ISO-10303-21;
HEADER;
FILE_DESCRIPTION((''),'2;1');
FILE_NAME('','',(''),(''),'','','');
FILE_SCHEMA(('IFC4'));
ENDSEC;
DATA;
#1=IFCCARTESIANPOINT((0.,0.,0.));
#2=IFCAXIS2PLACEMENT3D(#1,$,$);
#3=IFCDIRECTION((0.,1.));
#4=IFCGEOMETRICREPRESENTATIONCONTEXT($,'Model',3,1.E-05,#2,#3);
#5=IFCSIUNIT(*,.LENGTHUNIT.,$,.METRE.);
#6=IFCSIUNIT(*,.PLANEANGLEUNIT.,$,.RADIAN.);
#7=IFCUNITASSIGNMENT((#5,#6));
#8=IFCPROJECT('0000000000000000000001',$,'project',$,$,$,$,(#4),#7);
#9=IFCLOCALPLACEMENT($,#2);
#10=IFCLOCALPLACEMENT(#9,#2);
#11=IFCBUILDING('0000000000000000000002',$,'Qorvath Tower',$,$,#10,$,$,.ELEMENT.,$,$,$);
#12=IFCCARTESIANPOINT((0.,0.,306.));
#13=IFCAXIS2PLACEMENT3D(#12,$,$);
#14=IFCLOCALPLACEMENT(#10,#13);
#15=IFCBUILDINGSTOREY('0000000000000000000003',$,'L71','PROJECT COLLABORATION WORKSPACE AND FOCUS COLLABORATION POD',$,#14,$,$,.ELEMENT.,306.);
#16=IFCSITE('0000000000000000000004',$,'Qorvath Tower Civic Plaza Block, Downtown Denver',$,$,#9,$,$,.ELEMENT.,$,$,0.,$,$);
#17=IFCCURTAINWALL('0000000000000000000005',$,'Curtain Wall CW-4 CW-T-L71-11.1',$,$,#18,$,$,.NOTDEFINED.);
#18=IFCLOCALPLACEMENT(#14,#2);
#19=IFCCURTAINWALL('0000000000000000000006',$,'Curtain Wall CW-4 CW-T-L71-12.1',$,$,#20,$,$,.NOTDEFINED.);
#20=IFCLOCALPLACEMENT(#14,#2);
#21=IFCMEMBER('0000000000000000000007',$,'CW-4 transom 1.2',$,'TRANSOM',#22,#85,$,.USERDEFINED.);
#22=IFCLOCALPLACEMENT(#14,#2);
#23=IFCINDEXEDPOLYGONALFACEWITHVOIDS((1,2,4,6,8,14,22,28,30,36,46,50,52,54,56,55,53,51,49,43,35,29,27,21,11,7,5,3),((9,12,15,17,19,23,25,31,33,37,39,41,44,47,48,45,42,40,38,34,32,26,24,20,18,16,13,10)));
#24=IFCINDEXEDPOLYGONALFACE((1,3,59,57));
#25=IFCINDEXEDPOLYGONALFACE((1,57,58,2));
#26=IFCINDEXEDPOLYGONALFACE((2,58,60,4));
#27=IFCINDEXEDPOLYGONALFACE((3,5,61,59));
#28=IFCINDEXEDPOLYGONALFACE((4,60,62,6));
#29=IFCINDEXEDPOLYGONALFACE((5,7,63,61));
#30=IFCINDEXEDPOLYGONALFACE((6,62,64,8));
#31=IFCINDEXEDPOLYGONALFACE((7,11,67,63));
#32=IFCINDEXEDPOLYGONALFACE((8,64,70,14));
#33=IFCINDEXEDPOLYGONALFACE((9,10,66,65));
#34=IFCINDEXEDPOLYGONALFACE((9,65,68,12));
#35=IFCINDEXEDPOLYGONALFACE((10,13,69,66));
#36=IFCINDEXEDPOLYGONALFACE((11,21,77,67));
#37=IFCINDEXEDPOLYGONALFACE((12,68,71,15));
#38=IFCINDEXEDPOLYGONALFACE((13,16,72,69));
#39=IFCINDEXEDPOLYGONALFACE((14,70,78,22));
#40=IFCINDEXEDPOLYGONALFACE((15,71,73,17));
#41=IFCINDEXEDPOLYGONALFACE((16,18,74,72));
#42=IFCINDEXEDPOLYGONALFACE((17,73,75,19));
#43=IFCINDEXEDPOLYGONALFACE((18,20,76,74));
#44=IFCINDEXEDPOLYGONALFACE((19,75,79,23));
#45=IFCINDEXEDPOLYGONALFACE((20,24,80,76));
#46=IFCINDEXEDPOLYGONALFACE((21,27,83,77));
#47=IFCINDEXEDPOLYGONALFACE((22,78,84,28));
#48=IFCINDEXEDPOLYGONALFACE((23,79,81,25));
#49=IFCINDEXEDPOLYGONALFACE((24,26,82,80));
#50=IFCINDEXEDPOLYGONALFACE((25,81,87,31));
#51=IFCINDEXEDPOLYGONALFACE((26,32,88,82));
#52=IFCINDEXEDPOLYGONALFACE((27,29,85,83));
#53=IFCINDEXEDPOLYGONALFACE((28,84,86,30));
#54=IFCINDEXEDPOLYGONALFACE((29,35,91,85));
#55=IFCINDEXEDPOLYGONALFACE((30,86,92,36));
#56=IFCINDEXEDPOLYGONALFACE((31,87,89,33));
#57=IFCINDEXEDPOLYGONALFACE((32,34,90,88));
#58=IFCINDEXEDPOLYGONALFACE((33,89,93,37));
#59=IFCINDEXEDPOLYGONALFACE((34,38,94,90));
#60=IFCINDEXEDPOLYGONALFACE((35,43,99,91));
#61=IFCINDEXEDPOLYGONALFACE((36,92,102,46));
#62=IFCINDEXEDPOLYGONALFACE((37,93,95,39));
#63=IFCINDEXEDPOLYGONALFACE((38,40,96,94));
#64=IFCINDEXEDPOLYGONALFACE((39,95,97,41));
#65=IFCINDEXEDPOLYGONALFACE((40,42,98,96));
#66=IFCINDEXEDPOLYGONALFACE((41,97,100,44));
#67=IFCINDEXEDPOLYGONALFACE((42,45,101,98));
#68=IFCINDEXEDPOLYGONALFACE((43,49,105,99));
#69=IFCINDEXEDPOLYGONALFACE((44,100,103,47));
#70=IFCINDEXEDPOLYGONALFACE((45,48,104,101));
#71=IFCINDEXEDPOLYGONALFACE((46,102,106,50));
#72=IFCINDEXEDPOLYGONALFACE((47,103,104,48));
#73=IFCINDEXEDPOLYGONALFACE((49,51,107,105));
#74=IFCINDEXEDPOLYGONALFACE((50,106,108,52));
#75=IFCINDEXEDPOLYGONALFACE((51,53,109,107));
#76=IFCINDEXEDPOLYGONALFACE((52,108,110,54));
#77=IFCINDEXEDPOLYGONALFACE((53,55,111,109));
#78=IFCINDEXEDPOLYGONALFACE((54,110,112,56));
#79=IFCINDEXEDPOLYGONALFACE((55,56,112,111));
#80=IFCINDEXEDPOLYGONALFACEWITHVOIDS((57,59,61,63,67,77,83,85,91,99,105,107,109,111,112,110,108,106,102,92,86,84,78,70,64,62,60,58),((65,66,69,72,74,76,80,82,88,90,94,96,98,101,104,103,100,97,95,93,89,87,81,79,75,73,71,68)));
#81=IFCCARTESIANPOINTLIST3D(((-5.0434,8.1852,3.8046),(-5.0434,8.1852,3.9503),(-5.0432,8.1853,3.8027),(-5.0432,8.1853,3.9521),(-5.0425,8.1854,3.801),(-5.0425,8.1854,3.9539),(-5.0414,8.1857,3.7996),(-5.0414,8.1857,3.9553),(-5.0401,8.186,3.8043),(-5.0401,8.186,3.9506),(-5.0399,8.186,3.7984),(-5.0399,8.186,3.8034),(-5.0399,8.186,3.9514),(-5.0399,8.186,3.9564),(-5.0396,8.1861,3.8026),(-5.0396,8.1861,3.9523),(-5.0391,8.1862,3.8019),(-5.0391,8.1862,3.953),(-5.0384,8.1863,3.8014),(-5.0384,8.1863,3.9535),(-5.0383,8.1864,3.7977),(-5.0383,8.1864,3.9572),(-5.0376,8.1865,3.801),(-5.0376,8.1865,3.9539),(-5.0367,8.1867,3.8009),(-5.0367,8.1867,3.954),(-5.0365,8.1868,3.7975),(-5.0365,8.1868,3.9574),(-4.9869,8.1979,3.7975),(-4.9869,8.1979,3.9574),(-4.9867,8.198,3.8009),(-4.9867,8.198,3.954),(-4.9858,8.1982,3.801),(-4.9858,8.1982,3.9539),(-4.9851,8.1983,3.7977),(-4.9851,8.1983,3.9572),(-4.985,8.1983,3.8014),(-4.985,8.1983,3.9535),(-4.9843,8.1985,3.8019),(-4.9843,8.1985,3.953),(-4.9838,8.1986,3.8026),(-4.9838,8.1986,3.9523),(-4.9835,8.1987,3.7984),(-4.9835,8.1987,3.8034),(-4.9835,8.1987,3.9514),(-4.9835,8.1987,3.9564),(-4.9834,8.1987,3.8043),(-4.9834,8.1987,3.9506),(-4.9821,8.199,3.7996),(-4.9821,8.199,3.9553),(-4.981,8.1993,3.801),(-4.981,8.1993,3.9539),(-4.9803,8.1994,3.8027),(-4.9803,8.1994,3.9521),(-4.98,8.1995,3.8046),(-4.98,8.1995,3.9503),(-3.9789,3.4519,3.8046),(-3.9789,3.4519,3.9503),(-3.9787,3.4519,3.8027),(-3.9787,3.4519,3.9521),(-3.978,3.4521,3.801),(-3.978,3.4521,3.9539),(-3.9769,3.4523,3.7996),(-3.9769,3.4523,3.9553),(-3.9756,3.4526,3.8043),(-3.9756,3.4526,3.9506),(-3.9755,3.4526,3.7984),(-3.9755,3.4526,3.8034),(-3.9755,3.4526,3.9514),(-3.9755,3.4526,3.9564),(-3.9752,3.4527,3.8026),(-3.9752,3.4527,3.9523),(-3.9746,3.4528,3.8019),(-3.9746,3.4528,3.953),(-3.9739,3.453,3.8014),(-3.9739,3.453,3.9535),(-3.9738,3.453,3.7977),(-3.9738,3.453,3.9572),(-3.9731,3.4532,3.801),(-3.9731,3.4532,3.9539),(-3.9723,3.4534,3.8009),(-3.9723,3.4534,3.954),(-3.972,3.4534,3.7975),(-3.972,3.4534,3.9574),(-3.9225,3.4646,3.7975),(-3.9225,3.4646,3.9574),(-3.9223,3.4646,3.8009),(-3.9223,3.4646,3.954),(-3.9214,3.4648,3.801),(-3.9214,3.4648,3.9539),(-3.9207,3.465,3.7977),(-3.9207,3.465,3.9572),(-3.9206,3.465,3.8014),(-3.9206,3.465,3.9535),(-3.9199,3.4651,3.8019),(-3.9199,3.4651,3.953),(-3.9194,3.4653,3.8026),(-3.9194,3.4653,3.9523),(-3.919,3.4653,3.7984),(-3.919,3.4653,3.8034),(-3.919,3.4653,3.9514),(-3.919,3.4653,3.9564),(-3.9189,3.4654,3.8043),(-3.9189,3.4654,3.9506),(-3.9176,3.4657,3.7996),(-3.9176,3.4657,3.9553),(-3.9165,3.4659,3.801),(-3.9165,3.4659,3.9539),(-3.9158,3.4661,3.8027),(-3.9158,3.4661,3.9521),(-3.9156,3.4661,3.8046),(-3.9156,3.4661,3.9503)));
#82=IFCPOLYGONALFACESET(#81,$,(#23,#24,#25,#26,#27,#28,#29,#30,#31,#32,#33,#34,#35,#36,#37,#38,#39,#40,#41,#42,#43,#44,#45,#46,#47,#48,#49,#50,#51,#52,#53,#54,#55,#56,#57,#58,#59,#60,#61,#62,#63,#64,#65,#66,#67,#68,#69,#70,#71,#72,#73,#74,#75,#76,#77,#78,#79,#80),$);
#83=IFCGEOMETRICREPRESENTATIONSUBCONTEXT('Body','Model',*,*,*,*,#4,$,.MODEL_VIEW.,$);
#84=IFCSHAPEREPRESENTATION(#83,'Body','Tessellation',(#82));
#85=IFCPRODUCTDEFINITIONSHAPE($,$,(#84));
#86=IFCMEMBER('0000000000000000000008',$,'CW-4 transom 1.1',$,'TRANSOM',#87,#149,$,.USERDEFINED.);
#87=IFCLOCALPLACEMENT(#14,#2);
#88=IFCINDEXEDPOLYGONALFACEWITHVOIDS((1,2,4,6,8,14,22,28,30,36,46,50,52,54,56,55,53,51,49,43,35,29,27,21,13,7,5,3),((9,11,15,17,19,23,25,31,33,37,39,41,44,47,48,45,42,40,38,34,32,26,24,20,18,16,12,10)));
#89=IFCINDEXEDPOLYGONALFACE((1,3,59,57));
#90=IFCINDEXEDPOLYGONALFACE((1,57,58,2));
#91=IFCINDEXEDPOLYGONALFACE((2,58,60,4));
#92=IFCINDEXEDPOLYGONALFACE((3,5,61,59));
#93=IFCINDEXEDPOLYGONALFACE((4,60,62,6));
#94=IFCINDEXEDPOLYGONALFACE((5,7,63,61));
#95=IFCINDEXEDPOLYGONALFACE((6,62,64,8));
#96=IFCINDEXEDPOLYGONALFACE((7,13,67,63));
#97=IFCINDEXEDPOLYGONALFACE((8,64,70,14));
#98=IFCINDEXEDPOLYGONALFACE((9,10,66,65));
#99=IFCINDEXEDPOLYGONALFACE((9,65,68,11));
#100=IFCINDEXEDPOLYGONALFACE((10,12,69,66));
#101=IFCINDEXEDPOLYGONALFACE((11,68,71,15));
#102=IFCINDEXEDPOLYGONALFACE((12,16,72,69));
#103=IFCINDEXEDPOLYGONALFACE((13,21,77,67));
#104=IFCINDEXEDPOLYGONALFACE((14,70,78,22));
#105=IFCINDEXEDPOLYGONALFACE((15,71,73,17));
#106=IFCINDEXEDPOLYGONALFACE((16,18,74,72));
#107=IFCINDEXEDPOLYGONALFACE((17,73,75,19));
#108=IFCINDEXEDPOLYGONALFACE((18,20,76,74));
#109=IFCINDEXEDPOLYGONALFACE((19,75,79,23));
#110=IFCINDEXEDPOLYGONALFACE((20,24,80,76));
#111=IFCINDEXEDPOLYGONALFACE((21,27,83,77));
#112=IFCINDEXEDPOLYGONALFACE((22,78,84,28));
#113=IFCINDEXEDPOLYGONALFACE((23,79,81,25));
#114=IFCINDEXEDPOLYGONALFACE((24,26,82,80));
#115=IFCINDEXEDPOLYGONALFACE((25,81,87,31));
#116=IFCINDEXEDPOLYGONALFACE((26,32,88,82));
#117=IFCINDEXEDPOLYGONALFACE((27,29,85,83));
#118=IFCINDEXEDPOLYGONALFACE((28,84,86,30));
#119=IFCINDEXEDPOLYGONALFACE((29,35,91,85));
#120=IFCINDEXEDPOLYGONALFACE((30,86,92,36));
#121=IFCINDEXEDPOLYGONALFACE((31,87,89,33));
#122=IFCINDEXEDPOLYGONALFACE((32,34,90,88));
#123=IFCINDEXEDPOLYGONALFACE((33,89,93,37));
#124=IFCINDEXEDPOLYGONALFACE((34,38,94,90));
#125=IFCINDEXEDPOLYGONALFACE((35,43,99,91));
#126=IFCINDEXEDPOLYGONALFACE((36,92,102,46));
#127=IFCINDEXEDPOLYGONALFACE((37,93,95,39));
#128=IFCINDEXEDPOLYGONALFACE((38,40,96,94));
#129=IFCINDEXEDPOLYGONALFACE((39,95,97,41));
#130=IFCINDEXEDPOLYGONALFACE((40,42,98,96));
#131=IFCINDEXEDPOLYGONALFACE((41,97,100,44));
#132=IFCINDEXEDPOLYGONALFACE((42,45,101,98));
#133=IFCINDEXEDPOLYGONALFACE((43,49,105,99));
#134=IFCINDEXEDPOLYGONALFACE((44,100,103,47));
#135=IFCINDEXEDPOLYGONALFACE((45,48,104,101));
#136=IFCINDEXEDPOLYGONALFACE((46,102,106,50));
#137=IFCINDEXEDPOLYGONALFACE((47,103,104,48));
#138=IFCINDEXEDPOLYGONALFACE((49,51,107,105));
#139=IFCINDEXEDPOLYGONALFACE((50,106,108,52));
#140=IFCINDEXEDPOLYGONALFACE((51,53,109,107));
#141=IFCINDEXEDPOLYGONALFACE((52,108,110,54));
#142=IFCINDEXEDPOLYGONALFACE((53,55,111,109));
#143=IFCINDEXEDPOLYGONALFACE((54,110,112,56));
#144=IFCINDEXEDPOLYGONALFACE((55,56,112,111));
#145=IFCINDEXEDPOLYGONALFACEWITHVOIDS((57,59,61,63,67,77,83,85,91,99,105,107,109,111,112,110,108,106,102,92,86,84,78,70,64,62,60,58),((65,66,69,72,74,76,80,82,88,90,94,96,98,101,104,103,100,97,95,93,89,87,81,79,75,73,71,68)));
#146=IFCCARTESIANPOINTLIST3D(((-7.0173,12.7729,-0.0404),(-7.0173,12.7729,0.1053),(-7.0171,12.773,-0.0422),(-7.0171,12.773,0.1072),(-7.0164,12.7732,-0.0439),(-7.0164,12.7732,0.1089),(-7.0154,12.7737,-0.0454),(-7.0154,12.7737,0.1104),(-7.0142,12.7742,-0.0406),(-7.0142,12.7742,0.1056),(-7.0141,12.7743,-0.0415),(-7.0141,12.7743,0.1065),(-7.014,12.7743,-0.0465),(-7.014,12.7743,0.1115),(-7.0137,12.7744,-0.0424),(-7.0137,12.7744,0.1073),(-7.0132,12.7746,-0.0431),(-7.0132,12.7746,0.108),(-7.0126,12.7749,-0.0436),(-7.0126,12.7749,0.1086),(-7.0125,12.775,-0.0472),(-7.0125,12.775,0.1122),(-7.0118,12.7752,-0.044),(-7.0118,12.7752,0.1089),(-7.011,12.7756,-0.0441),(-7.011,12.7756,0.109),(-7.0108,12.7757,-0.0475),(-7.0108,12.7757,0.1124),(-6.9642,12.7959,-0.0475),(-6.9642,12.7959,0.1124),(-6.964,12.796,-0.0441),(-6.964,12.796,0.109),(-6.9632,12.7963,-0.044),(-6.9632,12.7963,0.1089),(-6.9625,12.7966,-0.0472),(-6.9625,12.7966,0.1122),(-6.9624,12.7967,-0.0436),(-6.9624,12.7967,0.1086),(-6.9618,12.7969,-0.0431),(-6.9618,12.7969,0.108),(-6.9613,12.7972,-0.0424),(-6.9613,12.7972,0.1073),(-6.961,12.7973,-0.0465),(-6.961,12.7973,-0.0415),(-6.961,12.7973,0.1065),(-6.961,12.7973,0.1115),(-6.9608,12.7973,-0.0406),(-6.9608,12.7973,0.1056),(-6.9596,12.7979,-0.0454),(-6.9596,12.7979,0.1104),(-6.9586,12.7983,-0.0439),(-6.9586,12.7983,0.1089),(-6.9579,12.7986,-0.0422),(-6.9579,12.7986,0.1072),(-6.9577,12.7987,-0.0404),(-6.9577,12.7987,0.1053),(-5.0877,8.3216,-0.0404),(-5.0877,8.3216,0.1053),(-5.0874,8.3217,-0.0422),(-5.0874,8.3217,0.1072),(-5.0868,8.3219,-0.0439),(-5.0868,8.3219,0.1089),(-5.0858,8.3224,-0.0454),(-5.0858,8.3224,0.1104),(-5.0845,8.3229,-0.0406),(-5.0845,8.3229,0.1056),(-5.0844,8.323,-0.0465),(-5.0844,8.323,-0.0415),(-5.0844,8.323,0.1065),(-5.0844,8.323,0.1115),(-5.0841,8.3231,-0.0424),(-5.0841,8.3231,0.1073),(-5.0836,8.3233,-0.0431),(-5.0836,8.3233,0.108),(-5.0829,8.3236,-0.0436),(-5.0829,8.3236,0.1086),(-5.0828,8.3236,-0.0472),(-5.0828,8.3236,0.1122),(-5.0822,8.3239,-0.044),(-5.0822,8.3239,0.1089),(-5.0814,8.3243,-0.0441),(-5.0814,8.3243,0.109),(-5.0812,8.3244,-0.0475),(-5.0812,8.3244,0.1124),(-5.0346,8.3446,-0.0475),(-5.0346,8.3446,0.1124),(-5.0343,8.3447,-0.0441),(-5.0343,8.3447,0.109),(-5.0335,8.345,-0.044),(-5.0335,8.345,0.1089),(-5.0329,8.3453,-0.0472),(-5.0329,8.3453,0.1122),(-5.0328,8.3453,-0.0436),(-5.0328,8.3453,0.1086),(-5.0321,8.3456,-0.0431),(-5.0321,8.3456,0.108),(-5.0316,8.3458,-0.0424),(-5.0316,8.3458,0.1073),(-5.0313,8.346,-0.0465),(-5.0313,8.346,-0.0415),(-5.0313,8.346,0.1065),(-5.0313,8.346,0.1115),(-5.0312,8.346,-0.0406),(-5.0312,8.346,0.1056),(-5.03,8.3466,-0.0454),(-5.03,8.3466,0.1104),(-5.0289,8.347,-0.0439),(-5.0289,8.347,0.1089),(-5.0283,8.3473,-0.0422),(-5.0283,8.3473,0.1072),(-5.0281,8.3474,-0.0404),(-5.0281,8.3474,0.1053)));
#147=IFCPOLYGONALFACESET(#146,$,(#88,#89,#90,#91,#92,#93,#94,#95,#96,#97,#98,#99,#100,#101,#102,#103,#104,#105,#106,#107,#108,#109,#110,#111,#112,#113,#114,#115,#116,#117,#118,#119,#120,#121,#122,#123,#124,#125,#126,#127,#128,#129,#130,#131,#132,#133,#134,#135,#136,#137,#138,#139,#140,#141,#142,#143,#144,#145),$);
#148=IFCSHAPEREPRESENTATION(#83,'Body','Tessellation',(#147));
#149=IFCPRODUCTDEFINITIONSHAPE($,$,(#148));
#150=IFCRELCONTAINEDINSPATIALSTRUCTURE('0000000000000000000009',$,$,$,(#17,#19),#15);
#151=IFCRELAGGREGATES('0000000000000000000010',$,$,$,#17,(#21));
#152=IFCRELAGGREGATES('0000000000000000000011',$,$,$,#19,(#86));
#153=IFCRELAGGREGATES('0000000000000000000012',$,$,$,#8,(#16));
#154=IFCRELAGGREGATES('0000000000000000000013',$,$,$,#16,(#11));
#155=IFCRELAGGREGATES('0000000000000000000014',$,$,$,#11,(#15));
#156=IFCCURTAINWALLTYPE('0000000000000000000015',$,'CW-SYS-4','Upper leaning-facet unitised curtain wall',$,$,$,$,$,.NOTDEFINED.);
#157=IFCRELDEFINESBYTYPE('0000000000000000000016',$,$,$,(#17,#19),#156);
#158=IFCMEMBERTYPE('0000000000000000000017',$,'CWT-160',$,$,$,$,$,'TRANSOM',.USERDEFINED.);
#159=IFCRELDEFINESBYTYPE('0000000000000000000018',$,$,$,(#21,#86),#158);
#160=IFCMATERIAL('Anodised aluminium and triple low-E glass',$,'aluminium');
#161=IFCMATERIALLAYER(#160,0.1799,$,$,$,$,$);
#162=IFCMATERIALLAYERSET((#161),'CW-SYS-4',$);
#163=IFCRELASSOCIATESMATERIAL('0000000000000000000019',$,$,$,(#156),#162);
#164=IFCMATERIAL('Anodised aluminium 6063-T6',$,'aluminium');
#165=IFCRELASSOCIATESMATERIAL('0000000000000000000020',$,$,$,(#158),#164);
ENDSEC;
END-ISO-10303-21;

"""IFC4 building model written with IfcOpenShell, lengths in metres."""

from ifc_helpers import new_model, si_unit, direction, frame, origin, origin_2d, place, context, subcontext, project, spatial, hollow_rectangle, extrude, material, layer, layer_set, material_profile, profile_set, type_object, element, aggregate, save


model = new_model("IFC4")

# Units and contexts
model_context = context("Model", 3, precision=1e-05, world=origin(), true_north=direction((0.0, 1.0)))
body_context = subcontext(model_context, "Body", "Model", "MODEL_VIEW")
ifc_project = project(units=[si_unit("LENGTHUNIT", "METRE"), si_unit("PLANEANGLEUNIT", "RADIAN")], contexts=[model_context])

# Site, building, storey
site_placement = place(None, origin())
site = spatial("IfcSite", under=ifc_project, at=site_placement, Name="Qorvath Tower Civic Plaza Block, Downtown Denver", CompositionType="ELEMENT", RefElevation=0.0)
building_placement = place(site_placement, origin())
building = spatial("IfcBuilding", under=site, at=building_placement, Name="Qorvath Tower", CompositionType="ELEMENT")
storey_placement = place(building_placement, frame((0.0, 0.0, 306.0)))
storey = spatial("IfcBuildingStorey", under=building, at=storey_placement, Name="L71", Description="PROJECT COLLABORATION WORKSPACE AND FOCUS COLLABORATION POD", CompositionType="ELEMENT", Elevation=306.0)

# Curtain walls
ifc_material_1 = material(Name="Anodised aluminium and triple low-E glass", Category="aluminium")
ifc_layer_1 = layer(ifc_material_1, 0.1799)
ifc_layer_set_1 = layer_set([ifc_layer_1], Name="CW-SYS-4")
curtain_wall_type = type_object("IfcCurtainWallType", Name="CW-SYS-4", Description="Upper leaning-facet unitised curtain wall", PredefinedType="NOTDEFINED", material=ifc_layer_set_1)
curtain_wall_1_placement = place(storey_placement, origin())
curtain_wall_1 = element("IfcCurtainWall", 1, at=curtain_wall_1_placement, inside=storey, type_object=curtain_wall_type, Name="Curtain Wall CW-4 CW-T-L71-11.1", PredefinedType="NOTDEFINED")
curtain_wall_2_placement = place(storey_placement, origin())
curtain_wall_2 = element("IfcCurtainWall", 2, at=curtain_wall_2_placement, inside=storey, type_object=curtain_wall_type, Name="Curtain Wall CW-4 CW-T-L71-12.1", PredefinedType="NOTDEFINED")

# Members
ifc_material_2 = material(Name="Anodised aluminium 6063-T6", Category="aluminium")
ifc_material_profile_1 = material_profile(ifc_material_2, hollow_rectangle(XDim=0.0649, YDim=0.1599, WallThickness=0.0034, InnerFilletRadius=0.0034, OuterFilletRadius=0.0071, at=origin_2d()), Name="CWT 160x65")
ifc_profile_set_1 = profile_set([ifc_material_profile_1], Name="Anodised aluminium 6063-T6")
member_type_1 = type_object("IfcMemberType", Name="CWT-160", ElementType="TRANSOM", PredefinedType="USERDEFINED", material=ifc_profile_set_1)
member_1_placement = place(storey_placement, frame((-3.9473, 3.459, 3.8774), z_axis=(-0.219402, 0.975635, 0.0), x_axis=(-0.975635, -0.219402, 0.0)))
member_1 = element("IfcMember", 3, at=member_1_placement, type_object=member_type_1, Name="CW-4 transom 1.2", ObjectType="TRANSOM", PredefinedType="USERDEFINED", context=body_context, shape_type="SweptSolid", body=[
    extrude(hollow_rectangle(XDim=0.0649, YDim=0.1599, WallThickness=0.0034, InnerFilletRadius=0.0034, OuterFilletRadius=0.0071, at=origin_2d()), origin(), (0.0, 0.0, 1.0), 4.8516),
])
member_2_placement = place(storey_placement, frame((-5.0579, 8.3345, 0.0325), z_axis=(-0.397736, 0.9175, 0.0), x_axis=(-0.9175, -0.397736, 0.0)))
member_2 = element("IfcMember", 4, at=member_2_placement, type_object=member_type_1, Name="CW-4 transom 1.1", ObjectType="TRANSOM", PredefinedType="USERDEFINED", context=body_context, shape_type="SweptSolid", body=[
    extrude(hollow_rectangle(XDim=0.0649, YDim=0.1599, WallThickness=0.0034, InnerFilletRadius=0.0034, OuterFilletRadius=0.0071, at=origin_2d()), origin(), (0.0, 0.0, 1.0), 4.8516),
])

aggregate(curtain_wall_1, [member_1])
aggregate(curtain_wall_2, [member_2])

save(model, "model.ifc")
